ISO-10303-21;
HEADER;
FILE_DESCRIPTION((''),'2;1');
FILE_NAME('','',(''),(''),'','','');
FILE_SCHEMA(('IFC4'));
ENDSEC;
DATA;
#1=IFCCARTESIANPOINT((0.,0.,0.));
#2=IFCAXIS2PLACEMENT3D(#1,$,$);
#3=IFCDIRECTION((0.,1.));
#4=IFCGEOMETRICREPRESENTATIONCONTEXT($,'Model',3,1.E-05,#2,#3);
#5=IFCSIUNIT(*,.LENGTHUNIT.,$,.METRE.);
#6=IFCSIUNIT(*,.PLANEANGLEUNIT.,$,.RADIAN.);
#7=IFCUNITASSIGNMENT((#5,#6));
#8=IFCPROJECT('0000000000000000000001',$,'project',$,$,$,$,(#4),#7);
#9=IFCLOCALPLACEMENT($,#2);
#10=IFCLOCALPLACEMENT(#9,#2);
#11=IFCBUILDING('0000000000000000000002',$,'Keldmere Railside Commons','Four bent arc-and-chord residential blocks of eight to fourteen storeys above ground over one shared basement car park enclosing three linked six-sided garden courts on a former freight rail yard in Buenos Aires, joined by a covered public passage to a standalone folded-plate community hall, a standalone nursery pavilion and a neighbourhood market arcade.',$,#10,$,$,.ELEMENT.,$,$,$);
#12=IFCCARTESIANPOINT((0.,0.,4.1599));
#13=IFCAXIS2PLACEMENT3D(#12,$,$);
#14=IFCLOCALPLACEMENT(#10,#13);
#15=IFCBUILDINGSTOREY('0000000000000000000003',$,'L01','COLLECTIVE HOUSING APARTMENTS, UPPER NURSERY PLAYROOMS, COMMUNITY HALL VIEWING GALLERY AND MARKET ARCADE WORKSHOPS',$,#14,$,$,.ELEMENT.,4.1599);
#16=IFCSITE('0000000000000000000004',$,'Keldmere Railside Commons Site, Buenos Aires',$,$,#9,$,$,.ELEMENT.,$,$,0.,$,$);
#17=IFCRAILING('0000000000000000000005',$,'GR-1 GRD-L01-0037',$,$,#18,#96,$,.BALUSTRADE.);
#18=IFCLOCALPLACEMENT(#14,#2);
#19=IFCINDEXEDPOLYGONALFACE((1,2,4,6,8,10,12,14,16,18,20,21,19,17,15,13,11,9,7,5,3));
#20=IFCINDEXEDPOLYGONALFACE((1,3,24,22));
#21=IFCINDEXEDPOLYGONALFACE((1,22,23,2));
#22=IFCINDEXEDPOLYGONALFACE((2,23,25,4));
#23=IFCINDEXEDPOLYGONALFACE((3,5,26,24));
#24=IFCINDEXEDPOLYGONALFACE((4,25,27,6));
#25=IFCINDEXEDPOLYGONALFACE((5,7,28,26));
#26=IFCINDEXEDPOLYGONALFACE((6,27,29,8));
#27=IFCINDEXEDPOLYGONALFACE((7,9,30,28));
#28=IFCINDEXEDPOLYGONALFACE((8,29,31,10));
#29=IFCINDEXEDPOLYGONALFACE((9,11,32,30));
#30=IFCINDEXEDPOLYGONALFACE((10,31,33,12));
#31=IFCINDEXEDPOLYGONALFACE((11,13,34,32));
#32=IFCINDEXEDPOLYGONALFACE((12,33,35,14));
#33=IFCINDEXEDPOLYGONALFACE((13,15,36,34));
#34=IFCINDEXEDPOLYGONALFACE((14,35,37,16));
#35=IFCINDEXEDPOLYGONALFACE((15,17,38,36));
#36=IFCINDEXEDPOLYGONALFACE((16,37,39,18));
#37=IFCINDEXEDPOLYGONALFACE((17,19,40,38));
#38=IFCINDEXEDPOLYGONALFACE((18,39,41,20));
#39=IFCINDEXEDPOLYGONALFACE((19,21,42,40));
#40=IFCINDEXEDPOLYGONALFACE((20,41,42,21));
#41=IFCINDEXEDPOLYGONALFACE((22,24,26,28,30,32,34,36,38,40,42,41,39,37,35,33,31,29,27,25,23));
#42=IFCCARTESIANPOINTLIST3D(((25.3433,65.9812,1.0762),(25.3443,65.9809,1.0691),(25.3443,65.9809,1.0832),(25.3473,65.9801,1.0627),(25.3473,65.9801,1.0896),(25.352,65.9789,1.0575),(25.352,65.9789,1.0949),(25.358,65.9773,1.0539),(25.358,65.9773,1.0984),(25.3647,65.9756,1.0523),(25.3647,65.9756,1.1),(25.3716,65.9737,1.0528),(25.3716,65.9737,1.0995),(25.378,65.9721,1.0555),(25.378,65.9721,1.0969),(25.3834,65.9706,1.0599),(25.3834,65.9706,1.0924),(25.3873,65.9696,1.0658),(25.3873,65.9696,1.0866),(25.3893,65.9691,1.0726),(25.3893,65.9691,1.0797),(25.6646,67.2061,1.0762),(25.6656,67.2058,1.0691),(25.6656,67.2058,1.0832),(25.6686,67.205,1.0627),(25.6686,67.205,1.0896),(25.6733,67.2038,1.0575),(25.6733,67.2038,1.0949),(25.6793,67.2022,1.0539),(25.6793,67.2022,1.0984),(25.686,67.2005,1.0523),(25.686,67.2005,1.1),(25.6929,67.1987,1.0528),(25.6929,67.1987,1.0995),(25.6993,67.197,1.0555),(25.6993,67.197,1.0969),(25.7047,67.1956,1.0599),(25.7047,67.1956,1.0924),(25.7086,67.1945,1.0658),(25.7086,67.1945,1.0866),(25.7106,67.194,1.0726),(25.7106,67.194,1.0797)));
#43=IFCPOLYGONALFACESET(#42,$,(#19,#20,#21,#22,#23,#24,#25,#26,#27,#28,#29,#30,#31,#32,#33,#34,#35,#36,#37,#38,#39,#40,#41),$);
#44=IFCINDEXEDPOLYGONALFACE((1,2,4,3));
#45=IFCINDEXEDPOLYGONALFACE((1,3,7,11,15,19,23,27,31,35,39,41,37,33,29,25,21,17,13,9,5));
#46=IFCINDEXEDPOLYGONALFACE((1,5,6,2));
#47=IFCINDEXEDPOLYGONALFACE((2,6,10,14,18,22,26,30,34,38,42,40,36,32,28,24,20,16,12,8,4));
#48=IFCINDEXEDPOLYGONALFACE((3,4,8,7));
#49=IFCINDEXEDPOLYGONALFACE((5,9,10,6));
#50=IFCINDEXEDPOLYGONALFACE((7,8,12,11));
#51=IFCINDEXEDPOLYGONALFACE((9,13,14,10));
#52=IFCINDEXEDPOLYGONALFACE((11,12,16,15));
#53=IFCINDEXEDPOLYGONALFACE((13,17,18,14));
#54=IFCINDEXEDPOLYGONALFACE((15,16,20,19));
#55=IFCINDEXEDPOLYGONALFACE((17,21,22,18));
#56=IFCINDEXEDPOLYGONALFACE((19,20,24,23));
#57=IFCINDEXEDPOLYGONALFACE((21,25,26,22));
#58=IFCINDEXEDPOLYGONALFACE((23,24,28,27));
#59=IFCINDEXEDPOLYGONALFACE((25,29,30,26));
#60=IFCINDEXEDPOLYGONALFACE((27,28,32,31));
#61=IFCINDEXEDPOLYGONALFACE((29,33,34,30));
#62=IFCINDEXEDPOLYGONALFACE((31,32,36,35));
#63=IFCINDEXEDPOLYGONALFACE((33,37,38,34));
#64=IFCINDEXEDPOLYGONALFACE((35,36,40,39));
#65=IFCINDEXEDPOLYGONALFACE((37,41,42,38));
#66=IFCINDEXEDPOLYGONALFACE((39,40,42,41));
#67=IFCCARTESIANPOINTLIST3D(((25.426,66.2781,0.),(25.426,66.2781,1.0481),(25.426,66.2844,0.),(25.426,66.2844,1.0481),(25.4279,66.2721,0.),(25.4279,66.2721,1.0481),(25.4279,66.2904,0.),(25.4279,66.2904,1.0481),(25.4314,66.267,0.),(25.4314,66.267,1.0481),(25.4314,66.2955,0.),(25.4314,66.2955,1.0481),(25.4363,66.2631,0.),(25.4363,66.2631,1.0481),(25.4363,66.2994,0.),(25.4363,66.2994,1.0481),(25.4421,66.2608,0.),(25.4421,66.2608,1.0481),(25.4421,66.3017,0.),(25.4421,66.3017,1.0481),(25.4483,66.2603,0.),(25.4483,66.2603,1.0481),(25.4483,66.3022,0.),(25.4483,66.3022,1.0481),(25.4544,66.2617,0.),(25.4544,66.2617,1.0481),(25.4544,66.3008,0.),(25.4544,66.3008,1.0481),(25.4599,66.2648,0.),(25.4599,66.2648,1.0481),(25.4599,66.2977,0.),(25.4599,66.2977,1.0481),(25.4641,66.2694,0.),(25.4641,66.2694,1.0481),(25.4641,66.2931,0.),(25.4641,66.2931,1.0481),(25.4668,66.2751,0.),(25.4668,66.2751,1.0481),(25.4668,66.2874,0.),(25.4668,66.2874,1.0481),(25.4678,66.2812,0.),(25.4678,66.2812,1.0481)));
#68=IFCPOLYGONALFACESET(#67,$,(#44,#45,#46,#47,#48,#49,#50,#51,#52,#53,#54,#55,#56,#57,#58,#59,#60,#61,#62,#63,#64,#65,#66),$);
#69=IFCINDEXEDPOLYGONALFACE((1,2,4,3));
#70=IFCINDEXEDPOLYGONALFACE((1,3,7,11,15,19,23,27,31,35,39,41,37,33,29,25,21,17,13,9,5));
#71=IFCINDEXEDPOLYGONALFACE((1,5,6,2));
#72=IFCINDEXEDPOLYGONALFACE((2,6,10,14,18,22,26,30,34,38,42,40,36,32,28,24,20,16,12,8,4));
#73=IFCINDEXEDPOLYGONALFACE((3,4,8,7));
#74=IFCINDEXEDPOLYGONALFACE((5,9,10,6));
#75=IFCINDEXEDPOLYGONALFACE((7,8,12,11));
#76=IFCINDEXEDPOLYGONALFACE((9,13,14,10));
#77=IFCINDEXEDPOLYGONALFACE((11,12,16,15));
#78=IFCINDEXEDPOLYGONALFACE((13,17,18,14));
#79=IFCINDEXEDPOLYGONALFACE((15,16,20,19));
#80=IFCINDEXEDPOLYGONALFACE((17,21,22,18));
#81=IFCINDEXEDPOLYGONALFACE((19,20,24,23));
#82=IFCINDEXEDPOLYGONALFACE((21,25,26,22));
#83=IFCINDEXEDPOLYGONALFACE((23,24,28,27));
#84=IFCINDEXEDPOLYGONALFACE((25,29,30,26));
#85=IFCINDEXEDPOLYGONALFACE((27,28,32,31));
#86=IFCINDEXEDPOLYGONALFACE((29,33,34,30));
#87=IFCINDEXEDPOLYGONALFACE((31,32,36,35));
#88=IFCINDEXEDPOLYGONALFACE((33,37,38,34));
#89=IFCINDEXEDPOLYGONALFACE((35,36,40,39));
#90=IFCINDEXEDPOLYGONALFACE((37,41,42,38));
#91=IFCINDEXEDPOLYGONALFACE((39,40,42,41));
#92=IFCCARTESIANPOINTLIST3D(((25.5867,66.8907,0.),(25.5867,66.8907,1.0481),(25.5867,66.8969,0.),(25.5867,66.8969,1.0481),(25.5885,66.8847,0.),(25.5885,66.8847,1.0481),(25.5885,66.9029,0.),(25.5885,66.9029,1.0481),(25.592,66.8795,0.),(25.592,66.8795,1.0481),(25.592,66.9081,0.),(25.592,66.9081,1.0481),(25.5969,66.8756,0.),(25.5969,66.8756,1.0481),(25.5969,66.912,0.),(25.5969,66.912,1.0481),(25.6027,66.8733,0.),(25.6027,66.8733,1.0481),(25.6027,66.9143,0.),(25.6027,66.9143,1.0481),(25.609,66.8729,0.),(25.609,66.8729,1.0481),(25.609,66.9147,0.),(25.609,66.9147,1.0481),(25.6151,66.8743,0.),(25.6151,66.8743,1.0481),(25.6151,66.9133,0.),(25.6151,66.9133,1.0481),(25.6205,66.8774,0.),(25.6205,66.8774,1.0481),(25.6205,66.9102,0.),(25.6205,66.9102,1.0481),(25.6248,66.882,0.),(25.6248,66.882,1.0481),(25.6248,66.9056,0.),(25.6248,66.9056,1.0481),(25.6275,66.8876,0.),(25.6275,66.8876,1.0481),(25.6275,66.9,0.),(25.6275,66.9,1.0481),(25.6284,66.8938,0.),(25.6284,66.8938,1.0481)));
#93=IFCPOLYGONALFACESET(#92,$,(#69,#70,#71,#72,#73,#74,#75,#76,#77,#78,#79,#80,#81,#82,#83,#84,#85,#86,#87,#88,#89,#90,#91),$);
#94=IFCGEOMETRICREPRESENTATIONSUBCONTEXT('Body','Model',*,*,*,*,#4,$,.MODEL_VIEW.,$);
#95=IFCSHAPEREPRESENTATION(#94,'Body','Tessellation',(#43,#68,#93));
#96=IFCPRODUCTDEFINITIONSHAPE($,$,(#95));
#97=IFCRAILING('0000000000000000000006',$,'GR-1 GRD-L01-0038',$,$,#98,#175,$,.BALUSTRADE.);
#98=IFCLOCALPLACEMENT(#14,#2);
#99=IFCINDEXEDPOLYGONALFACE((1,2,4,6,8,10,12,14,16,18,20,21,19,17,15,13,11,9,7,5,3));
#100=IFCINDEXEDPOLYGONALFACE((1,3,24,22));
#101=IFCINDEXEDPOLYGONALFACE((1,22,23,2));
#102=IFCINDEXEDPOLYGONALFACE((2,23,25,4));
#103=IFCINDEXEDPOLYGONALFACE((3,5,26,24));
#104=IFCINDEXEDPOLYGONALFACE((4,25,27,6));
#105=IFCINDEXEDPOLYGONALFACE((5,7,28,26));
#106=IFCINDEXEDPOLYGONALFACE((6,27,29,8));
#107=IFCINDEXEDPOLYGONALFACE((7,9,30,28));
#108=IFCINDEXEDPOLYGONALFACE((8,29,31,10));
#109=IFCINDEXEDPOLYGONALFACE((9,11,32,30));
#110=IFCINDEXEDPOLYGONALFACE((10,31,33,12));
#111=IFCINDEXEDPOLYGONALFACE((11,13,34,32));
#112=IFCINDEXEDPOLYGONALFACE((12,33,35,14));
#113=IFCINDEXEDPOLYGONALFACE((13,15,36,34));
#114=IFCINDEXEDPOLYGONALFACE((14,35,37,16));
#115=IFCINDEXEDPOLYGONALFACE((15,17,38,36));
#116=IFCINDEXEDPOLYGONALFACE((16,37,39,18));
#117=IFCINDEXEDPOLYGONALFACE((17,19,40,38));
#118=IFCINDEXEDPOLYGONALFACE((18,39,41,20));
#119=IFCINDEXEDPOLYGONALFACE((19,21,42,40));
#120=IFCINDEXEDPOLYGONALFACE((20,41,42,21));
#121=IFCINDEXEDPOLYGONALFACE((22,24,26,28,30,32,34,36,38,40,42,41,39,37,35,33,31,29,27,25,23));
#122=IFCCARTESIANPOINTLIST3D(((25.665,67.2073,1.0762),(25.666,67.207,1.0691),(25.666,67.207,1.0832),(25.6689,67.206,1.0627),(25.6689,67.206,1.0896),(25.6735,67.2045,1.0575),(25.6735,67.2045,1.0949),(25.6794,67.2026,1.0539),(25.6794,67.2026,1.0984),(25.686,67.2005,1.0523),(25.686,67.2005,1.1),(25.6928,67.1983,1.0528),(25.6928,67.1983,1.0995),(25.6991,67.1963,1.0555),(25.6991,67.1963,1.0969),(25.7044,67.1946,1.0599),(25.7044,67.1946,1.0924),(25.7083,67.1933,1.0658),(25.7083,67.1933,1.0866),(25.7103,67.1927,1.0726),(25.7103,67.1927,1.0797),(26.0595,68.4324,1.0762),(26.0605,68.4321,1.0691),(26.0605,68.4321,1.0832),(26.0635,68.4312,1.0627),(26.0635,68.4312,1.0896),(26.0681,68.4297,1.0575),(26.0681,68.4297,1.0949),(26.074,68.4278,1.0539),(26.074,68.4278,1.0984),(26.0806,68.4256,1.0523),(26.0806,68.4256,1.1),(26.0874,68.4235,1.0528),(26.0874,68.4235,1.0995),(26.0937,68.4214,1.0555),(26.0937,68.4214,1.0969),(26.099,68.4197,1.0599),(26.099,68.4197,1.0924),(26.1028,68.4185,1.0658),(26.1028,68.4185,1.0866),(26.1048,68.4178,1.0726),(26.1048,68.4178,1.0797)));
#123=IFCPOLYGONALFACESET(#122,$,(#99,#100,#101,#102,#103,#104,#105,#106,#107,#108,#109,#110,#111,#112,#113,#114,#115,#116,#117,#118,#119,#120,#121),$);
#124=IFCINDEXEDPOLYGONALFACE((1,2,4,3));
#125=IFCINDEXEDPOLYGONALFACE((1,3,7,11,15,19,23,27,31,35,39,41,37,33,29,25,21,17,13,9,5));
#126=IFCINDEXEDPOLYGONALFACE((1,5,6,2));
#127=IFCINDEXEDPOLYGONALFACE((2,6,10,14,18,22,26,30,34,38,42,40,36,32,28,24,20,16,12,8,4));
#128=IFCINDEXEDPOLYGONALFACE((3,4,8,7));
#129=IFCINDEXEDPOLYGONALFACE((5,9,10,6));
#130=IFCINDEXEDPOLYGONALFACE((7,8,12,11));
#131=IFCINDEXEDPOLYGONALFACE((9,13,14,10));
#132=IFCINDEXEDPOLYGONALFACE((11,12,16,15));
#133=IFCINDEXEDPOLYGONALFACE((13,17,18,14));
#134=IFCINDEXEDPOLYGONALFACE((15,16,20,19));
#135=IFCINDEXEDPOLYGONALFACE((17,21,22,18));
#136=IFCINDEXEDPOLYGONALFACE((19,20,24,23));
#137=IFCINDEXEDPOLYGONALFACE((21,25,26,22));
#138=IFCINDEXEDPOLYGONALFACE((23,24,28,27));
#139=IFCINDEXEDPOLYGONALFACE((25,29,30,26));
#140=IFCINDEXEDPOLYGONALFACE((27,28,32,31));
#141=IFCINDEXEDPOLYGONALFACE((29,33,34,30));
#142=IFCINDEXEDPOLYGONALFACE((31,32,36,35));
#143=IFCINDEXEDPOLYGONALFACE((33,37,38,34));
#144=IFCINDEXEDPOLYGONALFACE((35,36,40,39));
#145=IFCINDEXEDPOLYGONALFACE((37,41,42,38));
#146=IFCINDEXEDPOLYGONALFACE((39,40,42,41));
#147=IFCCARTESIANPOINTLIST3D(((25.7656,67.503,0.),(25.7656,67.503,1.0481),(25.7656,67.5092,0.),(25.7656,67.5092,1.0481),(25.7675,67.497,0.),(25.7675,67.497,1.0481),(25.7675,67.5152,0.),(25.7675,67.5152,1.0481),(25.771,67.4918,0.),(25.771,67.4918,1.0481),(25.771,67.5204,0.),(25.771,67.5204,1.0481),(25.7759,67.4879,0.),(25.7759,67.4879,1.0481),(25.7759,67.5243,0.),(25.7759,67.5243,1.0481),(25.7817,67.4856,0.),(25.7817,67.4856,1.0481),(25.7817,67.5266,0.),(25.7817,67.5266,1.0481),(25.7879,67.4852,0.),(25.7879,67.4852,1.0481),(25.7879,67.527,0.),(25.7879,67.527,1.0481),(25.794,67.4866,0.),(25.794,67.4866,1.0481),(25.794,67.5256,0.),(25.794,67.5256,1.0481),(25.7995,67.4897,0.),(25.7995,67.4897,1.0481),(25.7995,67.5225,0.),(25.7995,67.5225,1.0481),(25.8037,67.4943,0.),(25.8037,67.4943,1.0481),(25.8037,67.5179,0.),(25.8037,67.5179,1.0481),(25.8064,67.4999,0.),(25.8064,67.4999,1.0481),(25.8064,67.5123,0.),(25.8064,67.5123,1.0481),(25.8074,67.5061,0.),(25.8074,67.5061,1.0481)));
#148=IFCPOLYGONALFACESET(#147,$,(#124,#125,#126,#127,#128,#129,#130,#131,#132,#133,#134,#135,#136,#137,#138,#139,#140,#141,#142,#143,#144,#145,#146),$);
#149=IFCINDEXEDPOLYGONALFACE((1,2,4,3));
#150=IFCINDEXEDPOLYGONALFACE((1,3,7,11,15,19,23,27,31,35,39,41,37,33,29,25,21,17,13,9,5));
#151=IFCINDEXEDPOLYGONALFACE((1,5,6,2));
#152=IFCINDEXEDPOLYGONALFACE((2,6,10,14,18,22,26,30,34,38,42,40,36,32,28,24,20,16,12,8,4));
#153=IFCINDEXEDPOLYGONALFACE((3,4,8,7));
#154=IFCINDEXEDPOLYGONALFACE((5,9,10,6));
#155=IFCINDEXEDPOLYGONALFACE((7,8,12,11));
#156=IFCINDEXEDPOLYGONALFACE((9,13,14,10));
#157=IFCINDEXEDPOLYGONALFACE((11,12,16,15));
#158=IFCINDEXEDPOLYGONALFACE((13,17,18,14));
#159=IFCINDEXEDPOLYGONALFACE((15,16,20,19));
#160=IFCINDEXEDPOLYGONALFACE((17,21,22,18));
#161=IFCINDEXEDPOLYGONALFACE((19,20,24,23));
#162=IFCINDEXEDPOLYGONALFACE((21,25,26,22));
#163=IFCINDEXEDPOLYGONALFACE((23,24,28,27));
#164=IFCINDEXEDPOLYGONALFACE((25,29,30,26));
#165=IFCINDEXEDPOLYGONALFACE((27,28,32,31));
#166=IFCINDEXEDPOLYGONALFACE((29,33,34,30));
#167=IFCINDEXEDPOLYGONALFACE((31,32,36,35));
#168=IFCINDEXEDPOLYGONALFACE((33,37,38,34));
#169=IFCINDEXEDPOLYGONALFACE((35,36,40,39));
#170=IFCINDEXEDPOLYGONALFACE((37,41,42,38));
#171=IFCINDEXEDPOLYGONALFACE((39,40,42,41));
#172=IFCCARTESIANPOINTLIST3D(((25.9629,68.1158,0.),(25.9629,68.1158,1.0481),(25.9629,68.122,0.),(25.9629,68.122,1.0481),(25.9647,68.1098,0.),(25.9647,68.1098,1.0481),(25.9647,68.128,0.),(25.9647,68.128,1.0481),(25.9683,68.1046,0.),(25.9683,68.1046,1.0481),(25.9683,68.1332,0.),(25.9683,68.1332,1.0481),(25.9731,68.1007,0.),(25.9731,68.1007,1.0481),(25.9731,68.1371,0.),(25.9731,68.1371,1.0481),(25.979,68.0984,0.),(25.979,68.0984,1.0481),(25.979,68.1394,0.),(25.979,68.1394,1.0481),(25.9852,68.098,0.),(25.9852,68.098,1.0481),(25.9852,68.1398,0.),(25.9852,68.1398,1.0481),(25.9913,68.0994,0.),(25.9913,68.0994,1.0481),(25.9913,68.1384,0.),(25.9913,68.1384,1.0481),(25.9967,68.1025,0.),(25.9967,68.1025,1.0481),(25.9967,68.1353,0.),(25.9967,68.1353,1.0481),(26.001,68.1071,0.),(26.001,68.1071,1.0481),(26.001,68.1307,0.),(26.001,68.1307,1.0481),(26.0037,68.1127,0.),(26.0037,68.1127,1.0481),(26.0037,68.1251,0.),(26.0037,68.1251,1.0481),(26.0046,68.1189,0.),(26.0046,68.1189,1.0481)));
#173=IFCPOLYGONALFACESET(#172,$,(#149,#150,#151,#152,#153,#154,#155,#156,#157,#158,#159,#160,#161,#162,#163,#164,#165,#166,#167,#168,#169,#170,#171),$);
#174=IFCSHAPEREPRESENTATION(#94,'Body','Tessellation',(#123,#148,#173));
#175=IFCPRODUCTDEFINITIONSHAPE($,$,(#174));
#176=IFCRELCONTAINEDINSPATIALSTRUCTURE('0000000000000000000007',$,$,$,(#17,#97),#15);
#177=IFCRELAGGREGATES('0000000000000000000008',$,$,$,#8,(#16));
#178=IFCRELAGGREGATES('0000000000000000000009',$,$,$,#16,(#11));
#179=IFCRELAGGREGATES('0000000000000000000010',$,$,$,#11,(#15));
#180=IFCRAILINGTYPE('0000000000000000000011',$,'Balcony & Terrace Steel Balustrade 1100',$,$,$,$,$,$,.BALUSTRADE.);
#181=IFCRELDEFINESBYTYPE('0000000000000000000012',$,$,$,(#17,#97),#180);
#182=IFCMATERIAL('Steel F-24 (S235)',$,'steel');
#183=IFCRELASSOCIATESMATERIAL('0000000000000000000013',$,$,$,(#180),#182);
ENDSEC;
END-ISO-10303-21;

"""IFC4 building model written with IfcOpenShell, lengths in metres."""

from ifc_helpers import new_model, si_unit, direction, frame, origin, origin_2d, place, context, subcontext, project, spatial, circle, extrude, material, type_object, element, save


model = new_model("IFC4")

# Units and contexts
model_context = context("Model", 3, precision=1e-05, world=origin(), true_north=direction((0.0, 1.0)))
body_context = subcontext(model_context, "Body", "Model", "MODEL_VIEW")
ifc_project = project(units=[si_unit("LENGTHUNIT", "METRE"), si_unit("PLANEANGLEUNIT", "RADIAN")], contexts=[model_context])

# Site, building, storey
site_placement = place(None, origin())
site = spatial("IfcSite", under=ifc_project, at=site_placement, Name="Keldmere Railside Commons Site, Buenos Aires", CompositionType="ELEMENT", RefElevation=0.0)
building_placement = place(site_placement, origin())
building = spatial("IfcBuilding", under=site, at=building_placement, Name="Keldmere Railside Commons", Description="Four bent arc-and-chord residential blocks of eight to fourteen storeys above ground over one shared basement car park enclosing three linked six-sided garden courts on a former freight rail yard in Buenos Aires, joined by a covered public passage to a standalone folded-plate community hall, a standalone nursery pavilion and a neighbourhood market arcade.", CompositionType="ELEMENT")
storey_placement = place(building_placement, frame((0.0, 0.0, 4.1599)))
storey = spatial("IfcBuildingStorey", under=building, at=storey_placement, Name="L01", Description="COLLECTIVE HOUSING APARTMENTS, UPPER NURSERY PLAYROOMS, COMMUNITY HALL VIEWING GALLERY AND MARKET ARCADE WORKSHOPS", CompositionType="ELEMENT", Elevation=4.1599)

# Railings
ifc_material_1 = material(Name="Steel F-24 (S235)", Category="steel")
railing_type = type_object("IfcRailingType", Name="Balcony & Terrace Steel Balustrade 1100", PredefinedType="BALUSTRADE", material=ifc_material_1)
railing_1_placement = place(storey_placement, frame((25.3665, 65.9751, 0.0)))
element("IfcRailing", 1, at=railing_1_placement, inside=storey, type_object=railing_type, Name="GR-1 GRD-L01-0037", PredefinedType="BALUSTRADE", context=body_context, shape_type="SweptSolid", body=[
    extrude(circle(Radius=0.0239, at=origin_2d()), frame((0.0, 0.0, 1.0762), z_axis=(0.253725, 0.967277, 0.0), x_axis=(-0.967277, 0.253725, 0.0)), (0.0, 0.0, 1.0), 1.2664),
    extrude(circle(Radius=0.021, at=origin_2d()), frame((0.0803, 0.3062, 0.0)), (0.0, 0.0, 1.0), 1.0481),
    extrude(circle(Radius=0.021, at=origin_2d()), frame((0.241, 0.9187, 0.0)), (0.0, 0.0, 1.0), 1.0481),
])
railing_2_placement = place(storey_placement, frame((25.6877, 67.2, 0.0)))
element("IfcRailing", 2, at=railing_2_placement, inside=storey, type_object=railing_type, Name="GR-1 GRD-L01-0038", PredefinedType="BALUSTRADE", context=body_context, shape_type="SweptSolid", body=[
    extrude(circle(Radius=0.0239, at=origin_2d()), frame((0.0, 0.0, 1.0762), z_axis=(0.306537, 0.951859, 0.0), x_axis=(-0.951859, 0.306537, 0.0)), (0.0, 0.0, 1.0), 1.2871),
    extrude(circle(Radius=0.021, at=origin_2d()), frame((0.0986, 0.3062, 0.0)), (0.0, 0.0, 1.0), 1.0481),
    extrude(circle(Radius=0.021, at=origin_2d()), frame((0.2959, 0.9189, 0.0)), (0.0, 0.0, 1.0), 1.0481),
])

save(model, "model.ifc")
